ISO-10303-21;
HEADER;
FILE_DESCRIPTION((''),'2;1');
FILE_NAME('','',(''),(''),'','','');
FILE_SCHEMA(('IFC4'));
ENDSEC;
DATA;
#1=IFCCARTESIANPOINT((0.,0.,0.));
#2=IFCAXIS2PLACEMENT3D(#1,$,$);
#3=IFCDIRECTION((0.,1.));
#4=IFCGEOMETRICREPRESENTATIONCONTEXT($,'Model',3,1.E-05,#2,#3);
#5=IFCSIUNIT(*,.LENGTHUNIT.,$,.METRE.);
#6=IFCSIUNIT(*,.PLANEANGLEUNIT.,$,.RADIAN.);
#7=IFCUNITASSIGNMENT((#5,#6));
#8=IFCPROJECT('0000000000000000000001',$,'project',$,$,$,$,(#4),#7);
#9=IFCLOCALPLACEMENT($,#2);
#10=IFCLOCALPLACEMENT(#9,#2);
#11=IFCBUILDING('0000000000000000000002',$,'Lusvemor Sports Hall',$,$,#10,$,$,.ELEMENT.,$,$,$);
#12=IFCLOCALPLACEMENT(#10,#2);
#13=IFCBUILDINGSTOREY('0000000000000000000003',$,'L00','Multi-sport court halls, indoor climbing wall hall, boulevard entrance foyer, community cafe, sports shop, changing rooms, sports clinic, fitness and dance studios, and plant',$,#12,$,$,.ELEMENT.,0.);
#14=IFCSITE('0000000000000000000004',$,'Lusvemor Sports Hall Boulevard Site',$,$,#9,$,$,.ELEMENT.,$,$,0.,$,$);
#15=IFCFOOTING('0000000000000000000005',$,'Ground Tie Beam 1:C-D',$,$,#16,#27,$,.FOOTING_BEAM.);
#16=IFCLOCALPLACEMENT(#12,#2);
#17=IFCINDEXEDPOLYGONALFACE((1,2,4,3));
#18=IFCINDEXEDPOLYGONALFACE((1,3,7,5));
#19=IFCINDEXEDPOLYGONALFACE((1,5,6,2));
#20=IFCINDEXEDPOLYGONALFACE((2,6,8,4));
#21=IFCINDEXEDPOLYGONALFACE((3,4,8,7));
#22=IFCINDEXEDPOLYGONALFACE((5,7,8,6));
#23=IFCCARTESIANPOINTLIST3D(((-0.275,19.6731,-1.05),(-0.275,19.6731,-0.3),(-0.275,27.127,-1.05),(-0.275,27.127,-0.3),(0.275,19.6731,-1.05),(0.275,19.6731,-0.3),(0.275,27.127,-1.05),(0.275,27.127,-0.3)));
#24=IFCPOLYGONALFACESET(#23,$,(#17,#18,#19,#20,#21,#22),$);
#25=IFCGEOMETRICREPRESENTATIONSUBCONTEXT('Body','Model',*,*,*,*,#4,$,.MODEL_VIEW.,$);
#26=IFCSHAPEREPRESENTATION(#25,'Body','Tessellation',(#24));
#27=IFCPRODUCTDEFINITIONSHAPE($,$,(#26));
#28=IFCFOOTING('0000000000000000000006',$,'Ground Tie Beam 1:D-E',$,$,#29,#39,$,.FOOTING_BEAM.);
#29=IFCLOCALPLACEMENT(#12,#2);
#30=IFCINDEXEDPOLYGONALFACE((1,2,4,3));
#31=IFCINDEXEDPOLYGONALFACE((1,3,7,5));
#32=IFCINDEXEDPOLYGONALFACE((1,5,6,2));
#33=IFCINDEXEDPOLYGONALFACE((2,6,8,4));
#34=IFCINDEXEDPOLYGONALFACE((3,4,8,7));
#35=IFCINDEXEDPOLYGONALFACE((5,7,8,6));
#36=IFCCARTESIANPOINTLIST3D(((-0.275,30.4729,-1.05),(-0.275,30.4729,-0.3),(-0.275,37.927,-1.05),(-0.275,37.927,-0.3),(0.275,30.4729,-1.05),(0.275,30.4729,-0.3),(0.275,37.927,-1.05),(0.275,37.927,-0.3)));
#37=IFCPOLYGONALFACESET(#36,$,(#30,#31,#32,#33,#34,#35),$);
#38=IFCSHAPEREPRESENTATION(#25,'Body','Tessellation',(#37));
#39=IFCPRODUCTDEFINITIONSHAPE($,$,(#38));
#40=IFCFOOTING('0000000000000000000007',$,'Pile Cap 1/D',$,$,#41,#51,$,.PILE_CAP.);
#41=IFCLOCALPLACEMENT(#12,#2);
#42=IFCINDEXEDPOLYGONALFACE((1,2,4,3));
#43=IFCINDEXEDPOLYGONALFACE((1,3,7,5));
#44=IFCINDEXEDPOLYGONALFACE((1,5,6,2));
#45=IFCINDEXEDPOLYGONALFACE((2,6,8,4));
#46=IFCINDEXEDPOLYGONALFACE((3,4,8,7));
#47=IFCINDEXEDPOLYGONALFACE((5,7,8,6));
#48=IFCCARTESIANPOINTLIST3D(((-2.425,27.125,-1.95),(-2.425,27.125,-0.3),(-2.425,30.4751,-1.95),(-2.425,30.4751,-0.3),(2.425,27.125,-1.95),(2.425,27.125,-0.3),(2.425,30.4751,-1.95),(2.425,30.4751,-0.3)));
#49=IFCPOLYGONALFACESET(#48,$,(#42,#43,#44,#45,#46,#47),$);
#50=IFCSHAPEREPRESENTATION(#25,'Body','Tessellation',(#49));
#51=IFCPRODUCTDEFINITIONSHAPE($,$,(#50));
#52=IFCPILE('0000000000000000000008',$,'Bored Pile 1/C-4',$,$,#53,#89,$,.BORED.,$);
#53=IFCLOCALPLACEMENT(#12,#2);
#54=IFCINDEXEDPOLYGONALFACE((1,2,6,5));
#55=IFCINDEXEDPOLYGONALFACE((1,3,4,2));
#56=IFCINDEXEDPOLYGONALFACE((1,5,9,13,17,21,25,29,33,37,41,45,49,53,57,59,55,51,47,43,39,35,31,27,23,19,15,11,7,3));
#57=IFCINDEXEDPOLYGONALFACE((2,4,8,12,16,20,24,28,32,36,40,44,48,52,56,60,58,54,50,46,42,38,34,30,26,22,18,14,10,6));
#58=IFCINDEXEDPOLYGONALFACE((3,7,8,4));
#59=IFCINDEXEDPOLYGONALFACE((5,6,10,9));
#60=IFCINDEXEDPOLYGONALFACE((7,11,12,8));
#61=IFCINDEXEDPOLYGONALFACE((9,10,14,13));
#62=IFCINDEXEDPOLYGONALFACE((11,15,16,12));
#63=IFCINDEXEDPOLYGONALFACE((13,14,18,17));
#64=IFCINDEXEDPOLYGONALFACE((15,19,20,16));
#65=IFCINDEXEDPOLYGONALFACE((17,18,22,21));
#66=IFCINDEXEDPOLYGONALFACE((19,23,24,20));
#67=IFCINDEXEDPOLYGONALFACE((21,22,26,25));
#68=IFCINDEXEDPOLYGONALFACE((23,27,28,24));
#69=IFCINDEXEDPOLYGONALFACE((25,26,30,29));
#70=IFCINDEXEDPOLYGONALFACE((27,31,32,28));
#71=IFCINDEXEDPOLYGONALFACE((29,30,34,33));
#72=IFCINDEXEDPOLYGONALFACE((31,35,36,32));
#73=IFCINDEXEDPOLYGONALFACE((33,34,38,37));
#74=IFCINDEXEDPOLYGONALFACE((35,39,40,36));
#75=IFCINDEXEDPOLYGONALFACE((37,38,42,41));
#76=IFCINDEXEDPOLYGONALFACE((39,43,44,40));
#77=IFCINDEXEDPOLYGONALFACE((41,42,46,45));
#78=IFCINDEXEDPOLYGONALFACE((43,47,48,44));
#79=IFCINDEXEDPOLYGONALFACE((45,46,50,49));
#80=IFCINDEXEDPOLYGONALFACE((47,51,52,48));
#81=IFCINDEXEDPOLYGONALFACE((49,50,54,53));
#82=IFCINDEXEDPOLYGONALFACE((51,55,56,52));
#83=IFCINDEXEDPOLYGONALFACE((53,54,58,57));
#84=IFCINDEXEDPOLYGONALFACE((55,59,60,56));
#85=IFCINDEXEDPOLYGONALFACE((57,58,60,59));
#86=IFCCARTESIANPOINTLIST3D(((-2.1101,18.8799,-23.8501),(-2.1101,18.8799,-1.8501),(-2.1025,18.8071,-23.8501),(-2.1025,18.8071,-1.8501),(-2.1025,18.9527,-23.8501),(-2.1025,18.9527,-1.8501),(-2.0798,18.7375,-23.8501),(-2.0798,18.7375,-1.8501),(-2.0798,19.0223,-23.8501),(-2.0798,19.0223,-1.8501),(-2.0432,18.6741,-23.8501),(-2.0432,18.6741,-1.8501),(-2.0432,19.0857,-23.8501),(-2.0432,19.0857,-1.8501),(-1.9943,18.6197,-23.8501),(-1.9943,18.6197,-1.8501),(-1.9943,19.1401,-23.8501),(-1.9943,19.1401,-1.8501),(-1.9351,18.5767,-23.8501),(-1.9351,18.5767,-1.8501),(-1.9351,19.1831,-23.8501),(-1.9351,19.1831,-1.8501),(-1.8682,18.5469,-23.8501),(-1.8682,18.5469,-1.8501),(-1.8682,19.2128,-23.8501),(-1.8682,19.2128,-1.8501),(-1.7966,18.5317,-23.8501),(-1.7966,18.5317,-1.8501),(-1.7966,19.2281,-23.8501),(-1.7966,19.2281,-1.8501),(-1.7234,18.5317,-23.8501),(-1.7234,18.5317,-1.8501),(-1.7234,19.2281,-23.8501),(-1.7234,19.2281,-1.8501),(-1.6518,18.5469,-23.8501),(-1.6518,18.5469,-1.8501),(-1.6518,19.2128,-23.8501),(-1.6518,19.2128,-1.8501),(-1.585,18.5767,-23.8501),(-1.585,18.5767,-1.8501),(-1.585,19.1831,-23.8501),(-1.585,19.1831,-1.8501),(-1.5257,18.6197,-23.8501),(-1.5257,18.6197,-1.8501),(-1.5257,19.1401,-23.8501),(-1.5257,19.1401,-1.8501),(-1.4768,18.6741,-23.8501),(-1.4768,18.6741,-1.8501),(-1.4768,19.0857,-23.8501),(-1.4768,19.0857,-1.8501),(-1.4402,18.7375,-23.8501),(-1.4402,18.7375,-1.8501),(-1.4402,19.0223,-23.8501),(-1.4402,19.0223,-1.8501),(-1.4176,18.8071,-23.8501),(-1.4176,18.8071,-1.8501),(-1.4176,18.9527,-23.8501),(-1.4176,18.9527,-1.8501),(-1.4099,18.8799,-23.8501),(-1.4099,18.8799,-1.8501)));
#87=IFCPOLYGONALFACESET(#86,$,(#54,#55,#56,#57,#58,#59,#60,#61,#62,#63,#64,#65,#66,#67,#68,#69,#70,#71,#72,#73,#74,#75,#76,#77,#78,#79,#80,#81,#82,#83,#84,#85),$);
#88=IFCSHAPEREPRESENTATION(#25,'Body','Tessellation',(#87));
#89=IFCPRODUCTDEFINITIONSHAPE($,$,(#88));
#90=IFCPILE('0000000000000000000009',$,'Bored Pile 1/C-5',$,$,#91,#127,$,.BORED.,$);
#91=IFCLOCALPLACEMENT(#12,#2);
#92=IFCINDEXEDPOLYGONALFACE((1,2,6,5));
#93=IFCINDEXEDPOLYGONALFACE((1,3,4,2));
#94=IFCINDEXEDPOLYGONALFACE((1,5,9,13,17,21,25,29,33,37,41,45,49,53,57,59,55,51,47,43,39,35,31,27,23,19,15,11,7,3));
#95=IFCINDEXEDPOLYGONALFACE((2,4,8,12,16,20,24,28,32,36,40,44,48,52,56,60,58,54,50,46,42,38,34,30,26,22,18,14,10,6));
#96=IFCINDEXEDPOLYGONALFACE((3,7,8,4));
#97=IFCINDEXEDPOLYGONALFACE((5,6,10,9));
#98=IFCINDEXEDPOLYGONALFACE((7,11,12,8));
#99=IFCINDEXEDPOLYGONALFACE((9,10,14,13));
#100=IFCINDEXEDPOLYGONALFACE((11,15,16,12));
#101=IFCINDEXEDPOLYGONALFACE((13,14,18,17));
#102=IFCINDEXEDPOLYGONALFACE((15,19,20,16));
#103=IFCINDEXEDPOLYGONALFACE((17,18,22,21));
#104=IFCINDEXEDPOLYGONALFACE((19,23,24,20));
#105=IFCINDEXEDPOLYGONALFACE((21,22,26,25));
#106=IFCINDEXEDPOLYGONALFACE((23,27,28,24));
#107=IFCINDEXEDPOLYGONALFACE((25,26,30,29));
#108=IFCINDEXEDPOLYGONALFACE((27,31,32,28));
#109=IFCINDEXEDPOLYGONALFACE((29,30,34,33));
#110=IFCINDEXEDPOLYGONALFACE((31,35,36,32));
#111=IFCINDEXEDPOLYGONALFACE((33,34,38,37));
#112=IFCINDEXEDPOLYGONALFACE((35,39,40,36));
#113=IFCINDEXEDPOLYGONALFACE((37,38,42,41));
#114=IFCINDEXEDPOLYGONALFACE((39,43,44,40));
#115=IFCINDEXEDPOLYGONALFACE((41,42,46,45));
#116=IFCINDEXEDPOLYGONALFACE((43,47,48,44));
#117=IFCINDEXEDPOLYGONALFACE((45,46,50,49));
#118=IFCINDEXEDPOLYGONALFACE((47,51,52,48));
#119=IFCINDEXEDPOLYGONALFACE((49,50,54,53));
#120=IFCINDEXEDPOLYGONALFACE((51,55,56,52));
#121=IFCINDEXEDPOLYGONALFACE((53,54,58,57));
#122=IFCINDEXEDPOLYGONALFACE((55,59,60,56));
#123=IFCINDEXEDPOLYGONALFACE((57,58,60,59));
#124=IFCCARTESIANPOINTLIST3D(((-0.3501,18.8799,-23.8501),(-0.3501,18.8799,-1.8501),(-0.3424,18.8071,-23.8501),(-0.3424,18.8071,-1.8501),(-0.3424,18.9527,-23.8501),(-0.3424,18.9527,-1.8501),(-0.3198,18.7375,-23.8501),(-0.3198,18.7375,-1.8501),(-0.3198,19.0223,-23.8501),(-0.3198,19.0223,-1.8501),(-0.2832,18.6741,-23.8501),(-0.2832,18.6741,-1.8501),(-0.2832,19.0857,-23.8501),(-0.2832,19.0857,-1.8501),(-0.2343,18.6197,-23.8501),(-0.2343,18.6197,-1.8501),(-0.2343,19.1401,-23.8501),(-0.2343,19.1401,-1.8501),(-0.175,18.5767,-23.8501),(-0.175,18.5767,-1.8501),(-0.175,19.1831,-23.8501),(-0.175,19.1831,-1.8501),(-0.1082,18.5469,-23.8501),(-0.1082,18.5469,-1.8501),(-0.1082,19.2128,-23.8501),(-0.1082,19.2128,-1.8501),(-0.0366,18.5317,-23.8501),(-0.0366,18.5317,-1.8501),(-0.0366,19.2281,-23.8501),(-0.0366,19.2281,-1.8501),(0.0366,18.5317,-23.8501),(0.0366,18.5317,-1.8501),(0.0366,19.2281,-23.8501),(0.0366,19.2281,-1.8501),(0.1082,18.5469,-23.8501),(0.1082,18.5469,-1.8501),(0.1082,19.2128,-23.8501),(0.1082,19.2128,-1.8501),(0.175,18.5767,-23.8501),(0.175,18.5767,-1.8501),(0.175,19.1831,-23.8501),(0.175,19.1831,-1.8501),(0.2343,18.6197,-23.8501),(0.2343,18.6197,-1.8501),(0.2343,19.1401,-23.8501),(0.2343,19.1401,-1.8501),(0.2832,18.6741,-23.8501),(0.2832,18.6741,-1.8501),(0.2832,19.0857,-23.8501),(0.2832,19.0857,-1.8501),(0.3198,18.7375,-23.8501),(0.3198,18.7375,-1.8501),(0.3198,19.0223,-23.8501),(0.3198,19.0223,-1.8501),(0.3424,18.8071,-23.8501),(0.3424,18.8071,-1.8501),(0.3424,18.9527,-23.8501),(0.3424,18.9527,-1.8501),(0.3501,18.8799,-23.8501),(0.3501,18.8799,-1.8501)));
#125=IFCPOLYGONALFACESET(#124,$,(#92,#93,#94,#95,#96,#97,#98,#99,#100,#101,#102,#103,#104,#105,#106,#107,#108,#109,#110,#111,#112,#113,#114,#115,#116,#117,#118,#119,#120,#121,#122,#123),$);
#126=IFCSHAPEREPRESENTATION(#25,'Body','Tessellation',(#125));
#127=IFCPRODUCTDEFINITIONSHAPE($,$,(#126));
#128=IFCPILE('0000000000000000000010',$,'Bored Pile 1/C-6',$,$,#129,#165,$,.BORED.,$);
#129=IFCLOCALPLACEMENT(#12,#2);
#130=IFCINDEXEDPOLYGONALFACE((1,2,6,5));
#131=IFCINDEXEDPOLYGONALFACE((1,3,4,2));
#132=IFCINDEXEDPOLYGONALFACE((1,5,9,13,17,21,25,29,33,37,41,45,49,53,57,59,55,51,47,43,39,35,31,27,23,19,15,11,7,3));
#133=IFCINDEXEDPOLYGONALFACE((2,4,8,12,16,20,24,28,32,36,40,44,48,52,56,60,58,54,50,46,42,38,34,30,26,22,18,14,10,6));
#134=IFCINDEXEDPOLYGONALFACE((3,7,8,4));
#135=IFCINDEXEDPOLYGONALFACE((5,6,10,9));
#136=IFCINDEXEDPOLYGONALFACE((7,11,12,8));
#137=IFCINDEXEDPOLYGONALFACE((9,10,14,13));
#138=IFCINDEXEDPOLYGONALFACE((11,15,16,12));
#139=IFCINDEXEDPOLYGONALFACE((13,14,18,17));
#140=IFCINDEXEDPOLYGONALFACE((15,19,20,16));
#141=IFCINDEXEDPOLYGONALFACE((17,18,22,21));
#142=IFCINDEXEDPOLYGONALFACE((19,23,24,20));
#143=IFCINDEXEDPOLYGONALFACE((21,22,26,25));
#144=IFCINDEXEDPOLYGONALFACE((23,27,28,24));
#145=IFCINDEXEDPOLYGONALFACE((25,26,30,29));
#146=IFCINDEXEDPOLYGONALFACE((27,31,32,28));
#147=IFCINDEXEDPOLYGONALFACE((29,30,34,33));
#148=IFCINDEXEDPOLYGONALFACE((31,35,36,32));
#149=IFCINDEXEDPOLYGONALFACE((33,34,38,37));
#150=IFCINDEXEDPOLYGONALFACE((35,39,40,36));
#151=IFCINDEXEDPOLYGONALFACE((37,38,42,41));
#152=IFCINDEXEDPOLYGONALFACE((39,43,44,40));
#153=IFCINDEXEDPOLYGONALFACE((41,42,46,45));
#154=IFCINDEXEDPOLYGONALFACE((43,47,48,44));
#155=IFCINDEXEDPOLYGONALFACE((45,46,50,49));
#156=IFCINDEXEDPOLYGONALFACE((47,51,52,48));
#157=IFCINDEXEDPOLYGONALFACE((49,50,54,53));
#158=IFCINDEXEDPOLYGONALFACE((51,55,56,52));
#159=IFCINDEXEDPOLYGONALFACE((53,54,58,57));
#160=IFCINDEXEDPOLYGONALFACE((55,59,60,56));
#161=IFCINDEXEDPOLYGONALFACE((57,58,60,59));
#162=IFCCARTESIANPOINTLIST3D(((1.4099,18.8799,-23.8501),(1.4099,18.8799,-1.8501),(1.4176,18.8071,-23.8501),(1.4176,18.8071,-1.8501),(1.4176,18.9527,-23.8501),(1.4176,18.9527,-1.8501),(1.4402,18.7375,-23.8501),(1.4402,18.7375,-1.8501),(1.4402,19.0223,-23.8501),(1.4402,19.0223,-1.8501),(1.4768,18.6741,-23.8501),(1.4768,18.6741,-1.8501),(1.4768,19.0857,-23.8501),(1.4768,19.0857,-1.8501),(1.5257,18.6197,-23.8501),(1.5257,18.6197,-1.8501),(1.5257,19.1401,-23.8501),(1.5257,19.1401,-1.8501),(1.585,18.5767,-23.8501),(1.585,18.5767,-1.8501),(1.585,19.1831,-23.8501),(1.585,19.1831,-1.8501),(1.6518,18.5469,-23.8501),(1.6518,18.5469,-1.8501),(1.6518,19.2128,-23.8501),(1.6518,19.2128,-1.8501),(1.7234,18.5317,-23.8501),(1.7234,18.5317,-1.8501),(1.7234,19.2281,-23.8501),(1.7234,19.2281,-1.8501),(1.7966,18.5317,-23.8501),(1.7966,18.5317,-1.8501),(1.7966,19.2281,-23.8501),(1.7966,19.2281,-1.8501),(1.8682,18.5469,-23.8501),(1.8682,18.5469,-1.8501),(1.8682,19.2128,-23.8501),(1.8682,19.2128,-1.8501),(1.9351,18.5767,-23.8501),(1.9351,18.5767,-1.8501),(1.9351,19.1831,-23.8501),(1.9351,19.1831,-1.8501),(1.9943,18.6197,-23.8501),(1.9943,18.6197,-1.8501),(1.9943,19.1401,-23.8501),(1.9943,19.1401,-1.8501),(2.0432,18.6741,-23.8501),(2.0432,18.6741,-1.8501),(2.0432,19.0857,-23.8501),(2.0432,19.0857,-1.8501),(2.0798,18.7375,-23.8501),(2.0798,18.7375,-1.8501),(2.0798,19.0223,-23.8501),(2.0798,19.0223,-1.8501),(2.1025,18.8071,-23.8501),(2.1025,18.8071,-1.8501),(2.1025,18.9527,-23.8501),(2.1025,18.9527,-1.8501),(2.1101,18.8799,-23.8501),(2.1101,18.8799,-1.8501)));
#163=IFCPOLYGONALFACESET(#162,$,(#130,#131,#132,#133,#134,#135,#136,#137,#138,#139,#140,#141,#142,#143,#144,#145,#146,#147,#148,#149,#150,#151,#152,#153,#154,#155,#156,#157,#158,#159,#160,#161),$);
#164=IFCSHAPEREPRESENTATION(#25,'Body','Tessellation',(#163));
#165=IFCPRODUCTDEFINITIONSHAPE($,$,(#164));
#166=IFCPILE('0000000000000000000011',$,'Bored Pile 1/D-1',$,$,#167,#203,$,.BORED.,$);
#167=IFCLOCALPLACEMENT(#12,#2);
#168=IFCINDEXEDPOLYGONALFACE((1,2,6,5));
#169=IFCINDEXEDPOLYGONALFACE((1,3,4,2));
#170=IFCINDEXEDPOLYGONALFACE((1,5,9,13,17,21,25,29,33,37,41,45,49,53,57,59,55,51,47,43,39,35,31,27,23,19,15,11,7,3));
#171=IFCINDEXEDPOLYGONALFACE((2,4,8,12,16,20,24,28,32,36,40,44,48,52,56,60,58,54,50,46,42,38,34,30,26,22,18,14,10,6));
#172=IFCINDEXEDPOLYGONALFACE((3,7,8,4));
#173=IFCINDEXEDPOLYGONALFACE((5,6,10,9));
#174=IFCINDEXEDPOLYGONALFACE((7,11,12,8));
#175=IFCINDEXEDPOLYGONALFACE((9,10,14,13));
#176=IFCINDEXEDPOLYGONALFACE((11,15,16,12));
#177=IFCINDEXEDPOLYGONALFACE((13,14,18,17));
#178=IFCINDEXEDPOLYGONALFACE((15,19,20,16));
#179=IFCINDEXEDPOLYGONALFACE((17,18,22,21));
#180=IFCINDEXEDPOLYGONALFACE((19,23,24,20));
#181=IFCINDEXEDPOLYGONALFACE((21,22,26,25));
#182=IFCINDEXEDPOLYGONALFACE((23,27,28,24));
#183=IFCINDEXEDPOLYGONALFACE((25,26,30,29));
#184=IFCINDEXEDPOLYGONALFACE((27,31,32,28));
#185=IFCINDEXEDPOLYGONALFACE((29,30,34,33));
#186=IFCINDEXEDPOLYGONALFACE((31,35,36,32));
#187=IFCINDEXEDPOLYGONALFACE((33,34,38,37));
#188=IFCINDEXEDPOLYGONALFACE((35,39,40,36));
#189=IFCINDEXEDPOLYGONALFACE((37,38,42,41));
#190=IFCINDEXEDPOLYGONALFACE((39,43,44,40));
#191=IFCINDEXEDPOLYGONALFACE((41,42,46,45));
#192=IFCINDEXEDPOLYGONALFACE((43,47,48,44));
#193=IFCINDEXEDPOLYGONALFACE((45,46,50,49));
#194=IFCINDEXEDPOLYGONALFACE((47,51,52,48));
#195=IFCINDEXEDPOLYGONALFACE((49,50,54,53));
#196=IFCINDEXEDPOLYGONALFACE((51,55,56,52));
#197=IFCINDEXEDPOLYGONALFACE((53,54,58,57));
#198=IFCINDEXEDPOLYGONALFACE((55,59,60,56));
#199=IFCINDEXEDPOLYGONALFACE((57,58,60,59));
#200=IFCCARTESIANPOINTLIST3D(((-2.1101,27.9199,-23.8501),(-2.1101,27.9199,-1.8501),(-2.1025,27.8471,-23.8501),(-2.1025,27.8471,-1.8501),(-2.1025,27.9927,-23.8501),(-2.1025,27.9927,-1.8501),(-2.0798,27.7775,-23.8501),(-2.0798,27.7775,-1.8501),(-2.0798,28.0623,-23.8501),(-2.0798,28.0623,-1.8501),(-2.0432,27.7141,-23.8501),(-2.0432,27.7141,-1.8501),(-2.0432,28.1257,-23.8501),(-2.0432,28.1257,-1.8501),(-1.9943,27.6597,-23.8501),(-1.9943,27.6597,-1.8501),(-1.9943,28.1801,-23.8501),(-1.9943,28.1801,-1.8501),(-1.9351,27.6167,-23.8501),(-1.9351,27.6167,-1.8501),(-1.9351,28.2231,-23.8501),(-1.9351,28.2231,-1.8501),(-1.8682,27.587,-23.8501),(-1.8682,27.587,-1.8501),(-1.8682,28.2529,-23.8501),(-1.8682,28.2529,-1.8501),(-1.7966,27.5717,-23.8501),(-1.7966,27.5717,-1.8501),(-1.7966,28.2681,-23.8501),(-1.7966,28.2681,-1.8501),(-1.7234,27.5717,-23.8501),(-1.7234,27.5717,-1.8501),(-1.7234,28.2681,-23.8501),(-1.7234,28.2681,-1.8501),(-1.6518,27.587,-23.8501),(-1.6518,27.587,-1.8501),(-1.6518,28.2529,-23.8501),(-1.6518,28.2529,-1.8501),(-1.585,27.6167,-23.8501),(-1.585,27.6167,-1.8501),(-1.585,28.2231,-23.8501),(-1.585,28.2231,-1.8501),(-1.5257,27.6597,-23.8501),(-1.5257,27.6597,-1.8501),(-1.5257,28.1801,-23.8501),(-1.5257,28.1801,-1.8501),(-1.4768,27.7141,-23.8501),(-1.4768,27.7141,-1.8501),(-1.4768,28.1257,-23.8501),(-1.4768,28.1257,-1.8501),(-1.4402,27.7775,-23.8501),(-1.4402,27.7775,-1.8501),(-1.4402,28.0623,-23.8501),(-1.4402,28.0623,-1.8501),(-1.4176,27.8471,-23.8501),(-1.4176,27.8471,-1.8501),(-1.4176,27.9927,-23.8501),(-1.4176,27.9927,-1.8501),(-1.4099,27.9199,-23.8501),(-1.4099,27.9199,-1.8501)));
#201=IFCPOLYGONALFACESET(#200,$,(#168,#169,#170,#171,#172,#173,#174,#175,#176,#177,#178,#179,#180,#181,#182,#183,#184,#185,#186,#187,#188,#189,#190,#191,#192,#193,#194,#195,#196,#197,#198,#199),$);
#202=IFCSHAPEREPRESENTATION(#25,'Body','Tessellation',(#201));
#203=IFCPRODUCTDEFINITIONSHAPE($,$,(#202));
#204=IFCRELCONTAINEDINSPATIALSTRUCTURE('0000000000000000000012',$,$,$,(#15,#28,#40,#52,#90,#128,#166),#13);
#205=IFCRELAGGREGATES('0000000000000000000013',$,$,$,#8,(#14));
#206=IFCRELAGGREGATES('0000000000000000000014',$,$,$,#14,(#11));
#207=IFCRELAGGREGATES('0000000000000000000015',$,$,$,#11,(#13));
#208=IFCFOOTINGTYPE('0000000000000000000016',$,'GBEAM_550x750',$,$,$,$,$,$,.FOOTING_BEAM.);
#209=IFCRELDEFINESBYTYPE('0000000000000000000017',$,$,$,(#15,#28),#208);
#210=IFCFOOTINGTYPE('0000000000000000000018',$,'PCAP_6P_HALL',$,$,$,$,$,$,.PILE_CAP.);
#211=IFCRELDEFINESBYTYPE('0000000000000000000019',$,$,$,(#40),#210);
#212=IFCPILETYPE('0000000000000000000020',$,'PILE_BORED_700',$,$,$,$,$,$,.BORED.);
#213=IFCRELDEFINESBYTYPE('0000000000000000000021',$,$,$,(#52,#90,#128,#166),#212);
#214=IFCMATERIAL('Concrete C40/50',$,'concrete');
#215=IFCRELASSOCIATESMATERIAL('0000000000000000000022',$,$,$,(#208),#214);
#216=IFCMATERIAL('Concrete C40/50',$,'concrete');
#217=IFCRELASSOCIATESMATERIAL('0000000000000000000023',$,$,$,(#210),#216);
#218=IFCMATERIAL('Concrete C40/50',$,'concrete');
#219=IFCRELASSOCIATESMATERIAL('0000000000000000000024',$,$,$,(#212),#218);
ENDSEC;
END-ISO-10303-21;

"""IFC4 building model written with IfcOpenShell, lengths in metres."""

from ifc_helpers import new_model, si_unit, direction, frame, origin, origin_2d, place, context, subcontext, project, spatial, rectangle, circle, extrude, material, material_profile, profile_set, type_object, element, save


model = new_model("IFC4")

# Units and contexts
model_context = context("Model", 3, precision=1e-05, world=origin(), true_north=direction((0.0, 1.0)))
body_context = subcontext(model_context, "Body", "Model", "MODEL_VIEW")
ifc_project = project(units=[si_unit("LENGTHUNIT", "METRE"), si_unit("PLANEANGLEUNIT", "RADIAN")], contexts=[model_context])

# Site, building, storey
site_placement = place(None, origin())
site = spatial("IfcSite", under=ifc_project, at=site_placement, Name="Lusvemor Sports Hall Boulevard Site", CompositionType="ELEMENT", RefElevation=0.0)
building_placement = place(site_placement, origin())
building = spatial("IfcBuilding", under=site, at=building_placement, Name="Lusvemor Sports Hall", CompositionType="ELEMENT")
storey_placement = place(building_placement, origin())
storey = spatial("IfcBuildingStorey", under=building, at=storey_placement, Name="L00", Description="Multi-sport court halls, indoor climbing wall hall, boulevard entrance foyer, community cafe, sports shop, changing rooms, sports clinic, fitness and dance studios, and plant", CompositionType="ELEMENT", Elevation=0.0)

# Footings
ifc_material_1 = material(Name="Concrete C40/50", Category="concrete")
ifc_material_profile_1 = material_profile(ifc_material_1, rectangle(XDim=0.55, YDim=0.75, at=origin_2d()), Name="GB_550x750")
ifc_profile_set_1 = profile_set([ifc_material_profile_1], Name="Concrete C40/50")
footing_type_1 = type_object("IfcFootingType", Name="GBEAM_550x750", PredefinedType="FOOTING_BEAM", material=ifc_profile_set_1)
footing_1_placement = place(storey_placement, frame((0.0, 19.6731, -0.675), z_axis=(0.0, 1.0, 0.0), x_axis=(-1.0, 0.0, 0.0)))
element("IfcFooting", 1, at=footing_1_placement, inside=storey, type_object=footing_type_1, Name="Ground Tie Beam 1:C-D", PredefinedType="FOOTING_BEAM", context=body_context, shape_type="SweptSolid", body=[
    extrude(rectangle(XDim=0.55, YDim=0.75, at=origin_2d()), origin(), (0.0, 0.0, 1.0), 7.4539),
])
footing_2_placement = place(storey_placement, frame((0.0, 30.4729, -0.675), z_axis=(0.0, 1.0, 0.0), x_axis=(-1.0, 0.0, 0.0)))
element("IfcFooting", 2, at=footing_2_placement, inside=storey, type_object=footing_type_1, Name="Ground Tie Beam 1:D-E", PredefinedType="FOOTING_BEAM", context=body_context, shape_type="SweptSolid", body=[
    extrude(rectangle(XDim=0.55, YDim=0.75, at=origin_2d()), origin(), (0.0, 0.0, 1.0), 7.4541),
])
ifc_material_2 = material(Name="Concrete C40/50", Category="concrete")
footing_type_2 = type_object("IfcFootingType", Name="PCAP_6P_HALL", PredefinedType="PILE_CAP", material=ifc_material_2)
footing_3_placement = place(storey_placement, frame((0.0, 28.8, -1.95), z_axis=(0.0, 0.0, 1.0), x_axis=(1.0, 0.0, 0.0)))
element("IfcFooting", 3, at=footing_3_placement, inside=storey, type_object=footing_type_2, Name="Pile Cap 1/D", PredefinedType="PILE_CAP", context=body_context, shape_type="SweptSolid", body=[
    extrude(rectangle(XDim=4.8501, YDim=3.3501, at=origin_2d()), origin(), (0.0, 0.0, 1.0), 1.6499),
])

# Piles
ifc_material_3 = material(Name="Concrete C40/50", Category="concrete")
ifc_material_profile_2 = material_profile(ifc_material_3, circle(Radius=0.3501, at=origin_2d()), Name="PILE700")
ifc_profile_set_2 = profile_set([ifc_material_profile_2], Name="Concrete C40/50")
pile_type = type_object("IfcPileType", Name="PILE_BORED_700", PredefinedType="BORED", material=ifc_profile_set_2)
for number, where, z_axis, x_axis, name in (
    (4, (-1.76, 18.8799, -1.8501), (0.0, 0.0, -1.0), (1.0, 0.0, 0.0), "Bored Pile 1/C-4"),
    (5, (0.0, 18.8799, -1.8501), (0.0, 0.0, -1.0), (1.0, 0.0, 0.0), "Bored Pile 1/C-5"),
    (6, (1.76, 18.8799, -1.8501), (0.0, 0.0, -1.0), (1.0, 0.0, 0.0), "Bored Pile 1/C-6"),
    (7, (-1.76, 27.9199, -1.8501), (0.0, 0.0, -1.0), (1.0, 0.0, 0.0), "Bored Pile 1/D-1"),
):
    element("IfcPile", number, at=place(storey_placement, frame(where, z_axis=z_axis, x_axis=x_axis)), inside=storey, type_object=pile_type, Name=name, PredefinedType="BORED", context=body_context, shape_type="SweptSolid", body=[
        extrude(circle(Radius=0.3501, at=origin_2d()), origin(), (0.0, 0.0, 1.0), 22.0),
    ])

save(model, "model.ifc")
